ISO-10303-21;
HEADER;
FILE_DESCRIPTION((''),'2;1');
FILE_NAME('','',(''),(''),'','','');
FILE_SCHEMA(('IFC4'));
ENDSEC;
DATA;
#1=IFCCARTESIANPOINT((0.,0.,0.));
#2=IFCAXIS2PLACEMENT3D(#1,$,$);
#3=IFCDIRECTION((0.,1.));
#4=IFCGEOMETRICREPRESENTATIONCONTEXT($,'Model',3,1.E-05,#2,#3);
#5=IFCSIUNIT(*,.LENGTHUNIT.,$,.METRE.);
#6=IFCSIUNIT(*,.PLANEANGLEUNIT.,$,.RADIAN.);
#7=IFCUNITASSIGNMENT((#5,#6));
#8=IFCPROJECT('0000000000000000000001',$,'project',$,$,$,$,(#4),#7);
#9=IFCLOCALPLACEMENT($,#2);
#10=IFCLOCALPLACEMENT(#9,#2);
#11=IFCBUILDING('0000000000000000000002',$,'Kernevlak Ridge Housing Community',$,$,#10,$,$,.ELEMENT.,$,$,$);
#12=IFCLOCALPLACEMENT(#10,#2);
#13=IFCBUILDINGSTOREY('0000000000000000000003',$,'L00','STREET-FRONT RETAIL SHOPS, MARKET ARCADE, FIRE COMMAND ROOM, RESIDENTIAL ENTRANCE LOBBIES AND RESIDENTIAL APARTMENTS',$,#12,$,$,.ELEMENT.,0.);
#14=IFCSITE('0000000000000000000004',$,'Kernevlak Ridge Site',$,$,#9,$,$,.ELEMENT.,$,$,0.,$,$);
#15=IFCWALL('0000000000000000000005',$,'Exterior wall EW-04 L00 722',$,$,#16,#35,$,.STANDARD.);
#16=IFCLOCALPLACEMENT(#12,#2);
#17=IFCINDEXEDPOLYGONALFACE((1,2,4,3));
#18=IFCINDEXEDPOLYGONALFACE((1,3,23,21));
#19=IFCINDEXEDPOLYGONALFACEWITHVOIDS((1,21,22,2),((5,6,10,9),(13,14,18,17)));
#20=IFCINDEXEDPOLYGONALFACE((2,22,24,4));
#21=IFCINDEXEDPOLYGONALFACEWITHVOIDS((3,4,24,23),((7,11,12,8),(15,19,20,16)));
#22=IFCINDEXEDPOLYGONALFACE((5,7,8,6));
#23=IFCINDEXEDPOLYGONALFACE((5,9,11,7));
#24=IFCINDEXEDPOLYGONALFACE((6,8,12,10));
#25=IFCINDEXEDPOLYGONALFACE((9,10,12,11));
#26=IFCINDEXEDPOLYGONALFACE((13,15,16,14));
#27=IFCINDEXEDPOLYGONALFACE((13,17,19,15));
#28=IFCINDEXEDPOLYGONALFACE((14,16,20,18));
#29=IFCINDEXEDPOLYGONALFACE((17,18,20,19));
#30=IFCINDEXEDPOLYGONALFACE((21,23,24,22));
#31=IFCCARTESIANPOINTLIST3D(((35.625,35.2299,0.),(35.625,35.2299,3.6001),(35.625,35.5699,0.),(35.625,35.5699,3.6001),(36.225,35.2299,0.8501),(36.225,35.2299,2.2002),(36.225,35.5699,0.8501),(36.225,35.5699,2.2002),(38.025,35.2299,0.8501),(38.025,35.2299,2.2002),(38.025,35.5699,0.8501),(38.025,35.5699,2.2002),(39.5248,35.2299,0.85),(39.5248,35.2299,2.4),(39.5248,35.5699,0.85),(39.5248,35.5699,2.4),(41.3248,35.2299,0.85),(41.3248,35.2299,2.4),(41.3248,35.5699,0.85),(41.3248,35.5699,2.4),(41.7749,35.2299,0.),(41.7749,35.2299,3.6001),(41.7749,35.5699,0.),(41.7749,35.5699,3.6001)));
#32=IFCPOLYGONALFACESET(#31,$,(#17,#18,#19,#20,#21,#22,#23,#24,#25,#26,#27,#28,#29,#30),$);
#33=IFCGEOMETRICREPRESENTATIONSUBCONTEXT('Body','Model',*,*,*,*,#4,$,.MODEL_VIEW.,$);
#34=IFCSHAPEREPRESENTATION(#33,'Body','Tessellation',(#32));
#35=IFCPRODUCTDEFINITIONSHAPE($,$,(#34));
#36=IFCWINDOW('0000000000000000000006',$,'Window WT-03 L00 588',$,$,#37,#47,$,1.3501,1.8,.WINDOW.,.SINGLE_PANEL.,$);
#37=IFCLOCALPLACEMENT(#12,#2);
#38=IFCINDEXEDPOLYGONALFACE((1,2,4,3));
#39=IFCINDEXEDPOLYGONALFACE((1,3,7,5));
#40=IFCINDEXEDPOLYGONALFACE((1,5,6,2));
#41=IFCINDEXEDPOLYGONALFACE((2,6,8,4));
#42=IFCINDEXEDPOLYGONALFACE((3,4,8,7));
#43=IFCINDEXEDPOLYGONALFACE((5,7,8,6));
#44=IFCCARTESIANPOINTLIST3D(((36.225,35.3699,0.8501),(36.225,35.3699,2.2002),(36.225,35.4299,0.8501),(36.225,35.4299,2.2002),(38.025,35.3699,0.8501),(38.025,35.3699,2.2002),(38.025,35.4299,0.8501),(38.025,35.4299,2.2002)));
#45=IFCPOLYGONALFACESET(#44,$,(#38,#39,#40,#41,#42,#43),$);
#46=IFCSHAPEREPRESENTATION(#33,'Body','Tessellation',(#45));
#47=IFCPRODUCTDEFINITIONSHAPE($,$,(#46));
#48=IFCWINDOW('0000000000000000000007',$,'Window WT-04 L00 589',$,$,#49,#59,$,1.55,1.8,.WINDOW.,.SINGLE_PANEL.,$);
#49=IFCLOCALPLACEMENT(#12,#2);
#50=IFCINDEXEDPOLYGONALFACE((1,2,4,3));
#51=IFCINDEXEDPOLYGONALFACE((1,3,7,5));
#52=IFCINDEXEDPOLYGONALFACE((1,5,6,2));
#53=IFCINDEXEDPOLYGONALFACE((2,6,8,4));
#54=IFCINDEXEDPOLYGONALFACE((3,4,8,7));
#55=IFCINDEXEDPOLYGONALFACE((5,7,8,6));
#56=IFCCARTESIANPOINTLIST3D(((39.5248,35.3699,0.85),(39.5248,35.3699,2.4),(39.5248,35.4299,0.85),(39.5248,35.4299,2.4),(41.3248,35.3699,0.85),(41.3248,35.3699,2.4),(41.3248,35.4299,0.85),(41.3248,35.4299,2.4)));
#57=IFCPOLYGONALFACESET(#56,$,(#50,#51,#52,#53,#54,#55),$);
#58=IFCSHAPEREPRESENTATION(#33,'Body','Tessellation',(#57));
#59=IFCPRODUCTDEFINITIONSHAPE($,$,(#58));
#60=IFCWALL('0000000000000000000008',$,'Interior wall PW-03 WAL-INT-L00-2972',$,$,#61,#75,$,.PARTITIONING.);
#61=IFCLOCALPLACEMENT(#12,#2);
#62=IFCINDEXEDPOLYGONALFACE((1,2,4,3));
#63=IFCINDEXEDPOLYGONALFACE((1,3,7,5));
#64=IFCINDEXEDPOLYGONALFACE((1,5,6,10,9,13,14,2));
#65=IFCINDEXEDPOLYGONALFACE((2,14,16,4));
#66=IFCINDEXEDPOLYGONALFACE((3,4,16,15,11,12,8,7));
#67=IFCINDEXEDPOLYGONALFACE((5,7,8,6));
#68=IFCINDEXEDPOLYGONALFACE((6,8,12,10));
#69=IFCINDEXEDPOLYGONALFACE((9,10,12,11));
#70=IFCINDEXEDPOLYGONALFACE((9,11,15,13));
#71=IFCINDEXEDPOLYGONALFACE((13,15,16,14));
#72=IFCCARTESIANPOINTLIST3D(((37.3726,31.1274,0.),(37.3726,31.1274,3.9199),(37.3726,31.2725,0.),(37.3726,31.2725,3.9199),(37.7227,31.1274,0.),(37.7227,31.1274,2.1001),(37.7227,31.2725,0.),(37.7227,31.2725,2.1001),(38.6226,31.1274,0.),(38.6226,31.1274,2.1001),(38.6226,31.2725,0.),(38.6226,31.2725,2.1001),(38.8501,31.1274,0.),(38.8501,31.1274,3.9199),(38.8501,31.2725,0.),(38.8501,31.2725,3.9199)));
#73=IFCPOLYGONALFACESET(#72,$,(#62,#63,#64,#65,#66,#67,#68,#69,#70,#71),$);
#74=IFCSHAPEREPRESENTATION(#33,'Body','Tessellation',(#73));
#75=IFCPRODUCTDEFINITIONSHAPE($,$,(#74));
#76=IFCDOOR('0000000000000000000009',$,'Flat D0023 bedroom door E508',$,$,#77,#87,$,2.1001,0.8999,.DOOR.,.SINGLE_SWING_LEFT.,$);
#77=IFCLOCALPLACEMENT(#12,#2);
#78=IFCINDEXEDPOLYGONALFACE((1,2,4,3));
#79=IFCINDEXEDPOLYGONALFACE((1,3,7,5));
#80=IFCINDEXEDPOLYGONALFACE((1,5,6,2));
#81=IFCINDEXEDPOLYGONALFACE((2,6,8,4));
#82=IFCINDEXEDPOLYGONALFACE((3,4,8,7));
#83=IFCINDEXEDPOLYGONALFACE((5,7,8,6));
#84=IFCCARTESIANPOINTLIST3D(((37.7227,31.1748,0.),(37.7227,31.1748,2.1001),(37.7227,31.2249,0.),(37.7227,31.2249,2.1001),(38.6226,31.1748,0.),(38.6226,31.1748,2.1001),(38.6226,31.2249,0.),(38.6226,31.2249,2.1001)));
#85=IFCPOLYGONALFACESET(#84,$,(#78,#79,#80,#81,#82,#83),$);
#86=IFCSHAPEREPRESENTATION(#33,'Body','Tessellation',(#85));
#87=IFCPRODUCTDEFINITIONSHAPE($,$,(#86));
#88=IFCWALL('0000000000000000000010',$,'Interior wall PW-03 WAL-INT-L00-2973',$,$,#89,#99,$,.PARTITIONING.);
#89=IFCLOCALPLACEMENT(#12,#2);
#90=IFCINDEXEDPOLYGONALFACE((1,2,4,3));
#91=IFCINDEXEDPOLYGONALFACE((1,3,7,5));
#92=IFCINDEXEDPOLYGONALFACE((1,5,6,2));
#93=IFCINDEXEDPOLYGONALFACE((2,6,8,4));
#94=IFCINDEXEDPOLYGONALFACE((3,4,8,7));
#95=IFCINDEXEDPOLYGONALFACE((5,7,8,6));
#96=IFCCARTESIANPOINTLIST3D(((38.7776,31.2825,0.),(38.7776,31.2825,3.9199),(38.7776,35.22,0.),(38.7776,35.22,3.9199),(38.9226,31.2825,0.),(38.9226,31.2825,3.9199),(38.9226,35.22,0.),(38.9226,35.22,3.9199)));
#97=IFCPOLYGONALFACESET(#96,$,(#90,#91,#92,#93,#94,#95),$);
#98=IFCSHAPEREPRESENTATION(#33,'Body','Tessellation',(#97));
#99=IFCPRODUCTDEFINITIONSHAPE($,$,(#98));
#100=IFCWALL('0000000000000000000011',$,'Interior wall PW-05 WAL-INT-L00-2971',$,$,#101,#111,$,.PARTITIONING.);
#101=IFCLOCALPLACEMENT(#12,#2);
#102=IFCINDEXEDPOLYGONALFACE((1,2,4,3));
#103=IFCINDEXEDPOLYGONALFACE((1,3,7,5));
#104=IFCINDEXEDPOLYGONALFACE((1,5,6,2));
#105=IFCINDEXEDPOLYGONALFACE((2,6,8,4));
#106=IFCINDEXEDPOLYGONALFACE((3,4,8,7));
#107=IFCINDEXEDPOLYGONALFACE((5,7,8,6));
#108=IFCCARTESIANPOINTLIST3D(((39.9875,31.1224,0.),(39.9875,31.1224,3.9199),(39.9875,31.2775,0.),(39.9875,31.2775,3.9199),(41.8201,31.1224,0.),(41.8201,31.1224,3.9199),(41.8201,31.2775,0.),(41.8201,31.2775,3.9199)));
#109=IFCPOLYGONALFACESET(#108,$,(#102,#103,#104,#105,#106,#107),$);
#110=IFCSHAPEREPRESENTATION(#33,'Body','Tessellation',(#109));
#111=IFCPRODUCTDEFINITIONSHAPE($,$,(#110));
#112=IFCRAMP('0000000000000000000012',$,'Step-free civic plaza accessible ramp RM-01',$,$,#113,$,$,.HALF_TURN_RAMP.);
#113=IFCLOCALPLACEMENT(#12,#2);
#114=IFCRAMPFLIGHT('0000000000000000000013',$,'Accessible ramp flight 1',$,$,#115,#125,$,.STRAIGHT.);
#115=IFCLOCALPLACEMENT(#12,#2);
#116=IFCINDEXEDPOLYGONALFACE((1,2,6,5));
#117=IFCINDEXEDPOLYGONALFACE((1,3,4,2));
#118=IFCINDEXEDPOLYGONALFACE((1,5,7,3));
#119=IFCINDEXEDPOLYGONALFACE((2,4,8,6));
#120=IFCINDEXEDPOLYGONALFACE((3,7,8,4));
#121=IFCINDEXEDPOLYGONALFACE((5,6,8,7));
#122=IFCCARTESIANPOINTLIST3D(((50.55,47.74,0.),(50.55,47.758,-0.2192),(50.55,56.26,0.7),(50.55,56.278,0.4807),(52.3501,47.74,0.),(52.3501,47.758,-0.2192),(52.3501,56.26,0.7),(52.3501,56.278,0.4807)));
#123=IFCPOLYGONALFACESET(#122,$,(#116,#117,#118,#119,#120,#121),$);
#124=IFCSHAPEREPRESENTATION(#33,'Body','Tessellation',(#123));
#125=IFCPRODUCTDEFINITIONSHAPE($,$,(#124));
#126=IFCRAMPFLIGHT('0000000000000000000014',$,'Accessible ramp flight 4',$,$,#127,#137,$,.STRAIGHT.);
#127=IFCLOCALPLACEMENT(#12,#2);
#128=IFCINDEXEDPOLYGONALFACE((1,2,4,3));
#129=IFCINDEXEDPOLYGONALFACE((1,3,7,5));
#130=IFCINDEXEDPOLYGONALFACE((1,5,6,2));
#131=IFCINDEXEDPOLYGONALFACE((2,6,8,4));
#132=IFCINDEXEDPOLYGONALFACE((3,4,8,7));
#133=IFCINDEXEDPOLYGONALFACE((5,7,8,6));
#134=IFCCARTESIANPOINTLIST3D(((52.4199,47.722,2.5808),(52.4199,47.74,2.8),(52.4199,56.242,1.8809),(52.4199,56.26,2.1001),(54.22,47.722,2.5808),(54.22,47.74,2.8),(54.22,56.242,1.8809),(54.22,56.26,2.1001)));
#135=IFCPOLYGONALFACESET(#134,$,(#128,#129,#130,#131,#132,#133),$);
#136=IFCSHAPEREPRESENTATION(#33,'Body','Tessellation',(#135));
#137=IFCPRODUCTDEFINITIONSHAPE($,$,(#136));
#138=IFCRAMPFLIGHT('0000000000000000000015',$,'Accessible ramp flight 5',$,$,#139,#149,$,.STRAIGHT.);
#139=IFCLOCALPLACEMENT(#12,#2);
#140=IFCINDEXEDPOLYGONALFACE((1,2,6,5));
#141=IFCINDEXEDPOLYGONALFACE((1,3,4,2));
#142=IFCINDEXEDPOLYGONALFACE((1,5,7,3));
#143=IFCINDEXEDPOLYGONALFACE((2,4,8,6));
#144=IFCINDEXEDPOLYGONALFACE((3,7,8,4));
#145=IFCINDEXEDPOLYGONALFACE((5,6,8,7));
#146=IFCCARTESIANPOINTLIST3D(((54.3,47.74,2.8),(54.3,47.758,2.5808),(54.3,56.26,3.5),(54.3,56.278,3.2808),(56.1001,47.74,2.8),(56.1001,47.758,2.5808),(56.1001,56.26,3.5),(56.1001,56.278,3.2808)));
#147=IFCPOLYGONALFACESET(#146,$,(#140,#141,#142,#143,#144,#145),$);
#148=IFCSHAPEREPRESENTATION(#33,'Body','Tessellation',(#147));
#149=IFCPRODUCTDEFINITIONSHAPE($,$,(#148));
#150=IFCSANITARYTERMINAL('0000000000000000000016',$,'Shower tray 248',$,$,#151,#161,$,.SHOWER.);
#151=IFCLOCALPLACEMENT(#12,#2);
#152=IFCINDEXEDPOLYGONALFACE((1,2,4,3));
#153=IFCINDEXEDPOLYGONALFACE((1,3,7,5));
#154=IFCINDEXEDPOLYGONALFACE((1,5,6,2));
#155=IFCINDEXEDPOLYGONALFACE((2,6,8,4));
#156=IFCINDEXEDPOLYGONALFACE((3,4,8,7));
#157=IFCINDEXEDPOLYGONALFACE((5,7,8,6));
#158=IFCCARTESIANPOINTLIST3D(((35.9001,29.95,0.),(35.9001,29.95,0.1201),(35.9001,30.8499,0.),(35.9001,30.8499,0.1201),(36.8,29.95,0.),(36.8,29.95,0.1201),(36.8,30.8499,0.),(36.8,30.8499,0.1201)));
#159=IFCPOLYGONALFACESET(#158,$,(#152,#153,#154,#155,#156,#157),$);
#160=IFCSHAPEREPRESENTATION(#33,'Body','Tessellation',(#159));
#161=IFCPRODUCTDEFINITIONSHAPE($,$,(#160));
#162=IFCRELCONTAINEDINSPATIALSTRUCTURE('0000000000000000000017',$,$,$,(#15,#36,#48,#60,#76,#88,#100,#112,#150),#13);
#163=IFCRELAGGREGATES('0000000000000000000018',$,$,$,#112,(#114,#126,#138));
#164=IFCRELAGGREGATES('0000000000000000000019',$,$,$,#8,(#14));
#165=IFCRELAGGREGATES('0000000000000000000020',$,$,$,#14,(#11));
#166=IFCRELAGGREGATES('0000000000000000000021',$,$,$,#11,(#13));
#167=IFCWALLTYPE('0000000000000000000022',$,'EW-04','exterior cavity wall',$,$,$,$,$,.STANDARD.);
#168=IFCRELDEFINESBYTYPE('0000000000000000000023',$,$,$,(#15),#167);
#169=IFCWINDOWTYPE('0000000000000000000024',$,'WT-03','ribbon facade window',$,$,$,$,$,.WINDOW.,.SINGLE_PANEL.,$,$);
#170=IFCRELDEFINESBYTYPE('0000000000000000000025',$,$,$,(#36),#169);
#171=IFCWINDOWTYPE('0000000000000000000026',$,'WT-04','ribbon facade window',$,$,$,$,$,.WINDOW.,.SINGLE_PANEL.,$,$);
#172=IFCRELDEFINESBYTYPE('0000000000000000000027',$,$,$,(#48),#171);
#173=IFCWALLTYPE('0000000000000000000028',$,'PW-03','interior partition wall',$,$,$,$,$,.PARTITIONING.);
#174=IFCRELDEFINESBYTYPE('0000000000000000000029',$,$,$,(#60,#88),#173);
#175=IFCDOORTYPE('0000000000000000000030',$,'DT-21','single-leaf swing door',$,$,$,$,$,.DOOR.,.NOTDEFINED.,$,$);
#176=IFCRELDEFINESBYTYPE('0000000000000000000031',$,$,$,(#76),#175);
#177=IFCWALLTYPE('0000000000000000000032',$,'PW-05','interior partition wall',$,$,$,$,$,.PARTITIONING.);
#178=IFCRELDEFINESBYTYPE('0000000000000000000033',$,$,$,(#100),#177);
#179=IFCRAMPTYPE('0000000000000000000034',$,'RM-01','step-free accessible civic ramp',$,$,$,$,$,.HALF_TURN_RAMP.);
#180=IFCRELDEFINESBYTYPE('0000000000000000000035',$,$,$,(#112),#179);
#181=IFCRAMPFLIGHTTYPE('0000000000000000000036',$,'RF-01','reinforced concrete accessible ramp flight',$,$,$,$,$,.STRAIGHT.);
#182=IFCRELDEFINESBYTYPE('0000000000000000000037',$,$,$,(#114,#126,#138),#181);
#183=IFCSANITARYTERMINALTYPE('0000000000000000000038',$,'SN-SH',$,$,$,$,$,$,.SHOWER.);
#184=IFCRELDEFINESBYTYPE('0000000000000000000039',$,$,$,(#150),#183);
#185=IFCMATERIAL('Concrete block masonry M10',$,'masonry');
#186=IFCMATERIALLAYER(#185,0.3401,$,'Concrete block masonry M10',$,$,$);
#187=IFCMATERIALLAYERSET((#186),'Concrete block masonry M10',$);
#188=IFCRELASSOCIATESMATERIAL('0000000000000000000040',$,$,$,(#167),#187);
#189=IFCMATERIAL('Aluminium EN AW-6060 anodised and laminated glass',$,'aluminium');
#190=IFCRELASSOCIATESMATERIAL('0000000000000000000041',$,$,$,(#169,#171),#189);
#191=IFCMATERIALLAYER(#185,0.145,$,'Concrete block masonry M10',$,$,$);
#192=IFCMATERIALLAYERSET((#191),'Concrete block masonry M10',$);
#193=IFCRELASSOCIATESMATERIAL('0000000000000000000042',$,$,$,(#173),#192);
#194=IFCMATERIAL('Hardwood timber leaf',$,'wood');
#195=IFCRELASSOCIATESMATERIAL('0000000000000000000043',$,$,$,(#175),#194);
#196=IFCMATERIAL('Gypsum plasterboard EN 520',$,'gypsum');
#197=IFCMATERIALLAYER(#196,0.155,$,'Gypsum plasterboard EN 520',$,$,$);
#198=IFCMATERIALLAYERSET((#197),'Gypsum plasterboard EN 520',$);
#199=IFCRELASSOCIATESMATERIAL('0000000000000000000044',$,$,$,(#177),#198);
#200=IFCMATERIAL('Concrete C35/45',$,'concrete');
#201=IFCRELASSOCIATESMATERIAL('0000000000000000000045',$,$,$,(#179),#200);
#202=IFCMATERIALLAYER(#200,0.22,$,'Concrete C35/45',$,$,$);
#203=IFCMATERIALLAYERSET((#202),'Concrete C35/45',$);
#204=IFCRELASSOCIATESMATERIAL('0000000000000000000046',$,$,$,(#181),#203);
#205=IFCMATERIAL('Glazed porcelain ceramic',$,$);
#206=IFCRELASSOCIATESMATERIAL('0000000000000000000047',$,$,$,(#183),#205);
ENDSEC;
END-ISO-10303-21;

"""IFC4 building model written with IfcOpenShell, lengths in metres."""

from ifc_helpers import new_model, si_unit, direction, frame, frame_2d, origin, origin_2d, place, context, subcontext, project, spatial, polyline, rectangle, outline, extrude, material, layer, layer_set, type_object, element, fill, aggregate, save


model = new_model("IFC4")

# Units and contexts
model_context = context("Model", 3, precision=1e-05, world=origin(), true_north=direction((0.0, 1.0)))
body_context = subcontext(model_context, "Body", "Model", "MODEL_VIEW")
ifc_project = project(units=[si_unit("LENGTHUNIT", "METRE"), si_unit("PLANEANGLEUNIT", "RADIAN")], contexts=[model_context])

# Site, building, storey
site_placement = place(None, origin())
site = spatial("IfcSite", under=ifc_project, at=site_placement, Name="Kernevlak Ridge Site", CompositionType="ELEMENT", RefElevation=0.0)
building_placement = place(site_placement, origin())
building = spatial("IfcBuilding", under=site, at=building_placement, Name="Kernevlak Ridge Housing Community", CompositionType="ELEMENT")
storey_placement = place(building_placement, origin())
storey = spatial("IfcBuildingStorey", under=building, at=storey_placement, Name="L00", Description="STREET-FRONT RETAIL SHOPS, MARKET ARCADE, FIRE COMMAND ROOM, RESIDENTIAL ENTRANCE LOBBIES AND RESIDENTIAL APARTMENTS", CompositionType="ELEMENT", Elevation=0.0)

# Shared definitions
ifc_material_1 = material(Name="Concrete C35/45", Category="concrete")

# Wall, openings, windows
ifc_material_2 = material(Name="Concrete block masonry M10", Category="masonry")
ifc_layer_1 = layer(ifc_material_2, 0.3401, Name="Concrete block masonry M10")
ifc_layer_set_1 = layer_set([ifc_layer_1], Name="Concrete block masonry M10")
wall_type_1 = type_object("IfcWallType", Name="EW-04", Description="exterior cavity wall", PredefinedType="STANDARD", material=ifc_layer_set_1)
wall_1_placement = place(storey_placement, frame((35.625, 35.3999, 0.0), z_axis=(0.0, 0.0, 1.0), x_axis=(1.0, 0.0, 0.0)))
wall_1 = element("IfcWall", 1, at=wall_1_placement, inside=storey, type_object=wall_type_1, Name="Exterior wall EW-04 L00 722", PredefinedType="STANDARD", context=body_context, shape_type="SweptSolid", body=[
    extrude(rectangle(XDim=6.1499, YDim=0.3401, at=frame_2d((3.075, 0.0))), origin(), (0.0, 0.0, 1.0), 3.6001),
])
opening_1_placement = place(wall_1_placement, frame((0.6001, 0.0, 0.8501)))
opening_1 = element("IfcOpeningElement", 2, at=opening_1_placement, cuts=wall_1, PredefinedType="OPENING", context=body_context, shape_type="SweptSolid", body=[
    extrude(rectangle(XDim=1.8, YDim=1.3501, at=frame_2d((0.8999, 0.675))), frame((0.0, 0.1799, 0.0), z_axis=(0.0, -1.0, 0.0), x_axis=(1.0, 0.0, 0.0)), (0.0, 0.0, 1.0), 0.3601),
])
opening_2_placement = place(wall_1_placement, frame((3.8999, 0.0, 0.8501)))
opening_2 = element("IfcOpeningElement", 3, at=opening_2_placement, cuts=wall_1, PredefinedType="OPENING", context=body_context, shape_type="SweptSolid", body=[
    extrude(rectangle(XDim=1.8, YDim=1.55, at=frame_2d((0.8999, 0.7749))), frame((0.0, 0.1799, 0.0), z_axis=(0.0, -1.0, 0.0), x_axis=(1.0, 0.0, 0.0)), (0.0, 0.0, 1.0), 0.3601),
])
ifc_material_3 = material(Name="Aluminium EN AW-6060 anodised and laminated glass", Category="aluminium")
window_type_1 = type_object("IfcWindowType", Name="WT-03", Description="ribbon facade window", PartitioningType="SINGLE_PANEL", PredefinedType="WINDOW", material=ifc_material_3)
window_1_placement = place(opening_1_placement, origin())
window_1 = element("IfcWindow", 4, at=window_1_placement, inside=storey, type_object=window_type_1, Name="Window WT-03 L00 588", OverallHeight=1.3501, OverallWidth=1.8, PartitioningType="SINGLE_PANEL", PredefinedType="WINDOW", context=body_context, shape_type="SweptSolid", body=[
    extrude(rectangle(XDim=1.8, YDim=1.3501, at=frame_2d((0.8999, 0.675))), frame((0.0, 0.03, 0.0), z_axis=(0.0, -1.0, 0.0), x_axis=(1.0, 0.0, 0.0)), (0.0, 0.0, 1.0), 0.0601),
])
fill(opening_1, window_1)
window_type_2 = type_object("IfcWindowType", Name="WT-04", Description="ribbon facade window", PartitioningType="SINGLE_PANEL", PredefinedType="WINDOW", material=ifc_material_3)
window_2_placement = place(opening_2_placement, origin())
window_2 = element("IfcWindow", 5, at=window_2_placement, inside=storey, type_object=window_type_2, Name="Window WT-04 L00 589", OverallHeight=1.55, OverallWidth=1.8, PartitioningType="SINGLE_PANEL", PredefinedType="WINDOW", context=body_context, shape_type="SweptSolid", body=[
    extrude(rectangle(XDim=1.8, YDim=1.55, at=frame_2d((0.8999, 0.7749))), frame((0.0, 0.03, 0.0), z_axis=(0.0, -1.0, 0.0), x_axis=(1.0, 0.0, 0.0)), (0.0, 0.0, 1.0), 0.0601),
])
fill(opening_2, window_2)

# Wall, opening, door
ifc_layer_2 = layer(ifc_material_2, 0.145, Name="Concrete block masonry M10")
ifc_layer_set_2 = layer_set([ifc_layer_2], Name="Concrete block masonry M10")
wall_type_2 = type_object("IfcWallType", Name="PW-03", Description="interior partition wall", PredefinedType="PARTITIONING", material=ifc_layer_set_2)
wall_2_placement = place(storey_placement, frame((37.3726, 31.2, 0.0), z_axis=(0.0, 0.0, 1.0), x_axis=(1.0, 0.0, 0.0)))
wall_2 = element("IfcWall", 6, at=wall_2_placement, inside=storey, type_object=wall_type_2, Name="Interior wall PW-03 WAL-INT-L00-2972", PredefinedType="PARTITIONING", context=body_context, shape_type="SweptSolid", body=[
    extrude(rectangle(XDim=1.4775, YDim=0.145, at=frame_2d((0.7388, 0.0))), origin(), (0.0, 0.0, 1.0), 3.9199),
])
opening_3_placement = place(wall_2_placement, frame((0.3501, 0.0, 0.0)))
opening_3 = element("IfcOpeningElement", 7, at=opening_3_placement, cuts=wall_2, PredefinedType="OPENING", context=body_context, shape_type="SweptSolid", body=[
    extrude(rectangle(XDim=0.8999, YDim=2.1001, at=frame_2d((0.45, 1.05))), frame((0.0, 0.0825, 0.0), z_axis=(0.0, -1.0, 0.0), x_axis=(1.0, 0.0, 0.0)), (0.0, 0.0, 1.0), 0.165),
])
ifc_material_4 = material(Name="Hardwood timber leaf", Category="wood")
door_type = type_object("IfcDoorType", Name="DT-21", Description="single-leaf swing door", OperationType="NOTDEFINED", PredefinedType="DOOR", material=ifc_material_4)
door_placement = place(opening_3_placement, origin())
door = element("IfcDoor", 8, at=door_placement, inside=storey, type_object=door_type, Name="Flat D0023 bedroom door E508", OperationType="SINGLE_SWING_LEFT", OverallHeight=2.1001, OverallWidth=0.8999, PredefinedType="DOOR", context=body_context, shape_type="SweptSolid", body=[
    extrude(rectangle(XDim=0.8999, YDim=2.1001, at=frame_2d((0.45, 1.05))), frame((0.0, 0.0249, 0.0), z_axis=(0.0, -1.0, 0.0), x_axis=(1.0, 0.0, 0.0)), (0.0, 0.0, 1.0), 0.05),
])
fill(opening_3, door)

# Walls
wall_3_placement = place(storey_placement, frame((38.8501, 31.2825, 0.0), z_axis=(0.0, 0.0, 1.0), x_axis=(0.0, 1.0, 0.0)))
element("IfcWall", 9, at=wall_3_placement, inside=storey, type_object=wall_type_2, Name="Interior wall PW-03 WAL-INT-L00-2973", PredefinedType="PARTITIONING", context=body_context, shape_type="SweptSolid", body=[
    extrude(rectangle(XDim=3.9375, YDim=0.145, at=frame_2d((1.9688, 0.0))), origin(), (0.0, 0.0, 1.0), 3.9199),
])
ifc_material_5 = material(Name="Gypsum plasterboard EN 520", Category="gypsum")
ifc_layer_3 = layer(ifc_material_5, 0.155, Name="Gypsum plasterboard EN 520")
ifc_layer_set_3 = layer_set([ifc_layer_3], Name="Gypsum plasterboard EN 520")
wall_type_3 = type_object("IfcWallType", Name="PW-05", Description="interior partition wall", PredefinedType="PARTITIONING", material=ifc_layer_set_3)
wall_4_placement = place(storey_placement, frame((39.9875, 31.2, 0.0), z_axis=(0.0, 0.0, 1.0), x_axis=(1.0, 0.0, 0.0)))
element("IfcWall", 10, at=wall_4_placement, inside=storey, type_object=wall_type_3, Name="Interior wall PW-05 WAL-INT-L00-2971", PredefinedType="PARTITIONING", context=body_context, shape_type="SweptSolid", body=[
    extrude(rectangle(XDim=1.8325, YDim=0.155, at=frame_2d((0.9163, 0.0))), origin(), (0.0, 0.0, 1.0), 3.9199),
])

# Ramp, ramp flights
ramp_type = type_object("IfcRampType", Name="RM-01", Description="step-free accessible civic ramp", PredefinedType="HALF_TURN_RAMP", material=ifc_material_1)
ramp_placement = place(storey_placement, origin())
ramp = element("IfcRamp", 11, at=ramp_placement, inside=storey, type_object=ramp_type, Name="Step-free civic plaza accessible ramp RM-01", PredefinedType="HALF_TURN_RAMP")
ifc_layer_4 = layer(ifc_material_1, 0.22, Name="Concrete C35/45")
ifc_layer_set_4 = layer_set([ifc_layer_4], Name="Concrete C35/45")
ramp_flight_type = type_object("IfcRampFlightType", Name="RF-01", Description="reinforced concrete accessible ramp flight", PredefinedType="STRAIGHT", material=ifc_layer_set_4)
ramp_flight_1_placement = place(storey_placement, frame((50.55, 47.74, 0.0), z_axis=(0.0, -0.081878, 0.996642), x_axis=(1.0, 0.0, 0.0)))
ramp_flight_1 = element("IfcRampFlight", 12, at=ramp_flight_1_placement, type_object=ramp_flight_type, Name="Accessible ramp flight 1", PredefinedType="STRAIGHT", context=body_context, shape_type="SweptSolid", body=[
    extrude(outline(polyline([(0.0, 0.0), (1.8, 0.0), (1.8, 8.5487), (0.0, 8.5487), (0.0, 0.0)])), origin(), (0.0, 0.0, -1.0), 0.22),
])
ramp_flight_2_placement = place(storey_placement, frame((52.4199, 47.74, 2.8), z_axis=(0.0, 0.081878, 0.996642), x_axis=(1.0, 0.0, 0.0)))
ramp_flight_2 = element("IfcRampFlight", 13, at=ramp_flight_2_placement, type_object=ramp_flight_type, Name="Accessible ramp flight 4", PredefinedType="STRAIGHT", context=body_context, shape_type="SweptSolid", body=[
    extrude(outline(polyline([(0.0, 0.0), (1.8, 0.0), (1.8, 8.5487), (0.0, 8.5487), (0.0, 0.0)])), origin(), (0.0, 0.0, -1.0), 0.22),
])
ramp_flight_3_placement = place(storey_placement, frame((54.3, 47.74, 2.8), z_axis=(0.0, -0.081878, 0.996642), x_axis=(1.0, 0.0, 0.0)))
ramp_flight_3 = element("IfcRampFlight", 14, at=ramp_flight_3_placement, type_object=ramp_flight_type, Name="Accessible ramp flight 5", PredefinedType="STRAIGHT", context=body_context, shape_type="SweptSolid", body=[
    extrude(outline(polyline([(0.0, 0.0), (1.8, 0.0), (1.8, 8.5487), (0.0, 8.5487), (0.0, 0.0)])), origin(), (0.0, 0.0, -1.0), 0.22),
])
aggregate(ramp, [ramp_flight_1, ramp_flight_2, ramp_flight_3])

# Sanitary terminal
ifc_material_6 = material(Name="Glazed porcelain ceramic")
sanitary_terminal_type = type_object("IfcSanitaryTerminalType", Name="SN-SH", PredefinedType="SHOWER", material=ifc_material_6)
sanitary_terminal_placement = place(storey_placement, frame((36.3501, 30.3999, 0.0), z_axis=(0.0, 0.0, 1.0), x_axis=(1.0, 0.0, 0.0)))
element("IfcSanitaryTerminal", 15, at=sanitary_terminal_placement, inside=storey, type_object=sanitary_terminal_type, Name="Shower tray 248", PredefinedType="SHOWER", context=body_context, shape_type="SweptSolid", body=[
    extrude(rectangle(XDim=0.8999, YDim=0.8999, at=origin_2d()), origin(), (0.0, 0.0, 1.0), 0.1201),
])

save(model, "model.ifc")
